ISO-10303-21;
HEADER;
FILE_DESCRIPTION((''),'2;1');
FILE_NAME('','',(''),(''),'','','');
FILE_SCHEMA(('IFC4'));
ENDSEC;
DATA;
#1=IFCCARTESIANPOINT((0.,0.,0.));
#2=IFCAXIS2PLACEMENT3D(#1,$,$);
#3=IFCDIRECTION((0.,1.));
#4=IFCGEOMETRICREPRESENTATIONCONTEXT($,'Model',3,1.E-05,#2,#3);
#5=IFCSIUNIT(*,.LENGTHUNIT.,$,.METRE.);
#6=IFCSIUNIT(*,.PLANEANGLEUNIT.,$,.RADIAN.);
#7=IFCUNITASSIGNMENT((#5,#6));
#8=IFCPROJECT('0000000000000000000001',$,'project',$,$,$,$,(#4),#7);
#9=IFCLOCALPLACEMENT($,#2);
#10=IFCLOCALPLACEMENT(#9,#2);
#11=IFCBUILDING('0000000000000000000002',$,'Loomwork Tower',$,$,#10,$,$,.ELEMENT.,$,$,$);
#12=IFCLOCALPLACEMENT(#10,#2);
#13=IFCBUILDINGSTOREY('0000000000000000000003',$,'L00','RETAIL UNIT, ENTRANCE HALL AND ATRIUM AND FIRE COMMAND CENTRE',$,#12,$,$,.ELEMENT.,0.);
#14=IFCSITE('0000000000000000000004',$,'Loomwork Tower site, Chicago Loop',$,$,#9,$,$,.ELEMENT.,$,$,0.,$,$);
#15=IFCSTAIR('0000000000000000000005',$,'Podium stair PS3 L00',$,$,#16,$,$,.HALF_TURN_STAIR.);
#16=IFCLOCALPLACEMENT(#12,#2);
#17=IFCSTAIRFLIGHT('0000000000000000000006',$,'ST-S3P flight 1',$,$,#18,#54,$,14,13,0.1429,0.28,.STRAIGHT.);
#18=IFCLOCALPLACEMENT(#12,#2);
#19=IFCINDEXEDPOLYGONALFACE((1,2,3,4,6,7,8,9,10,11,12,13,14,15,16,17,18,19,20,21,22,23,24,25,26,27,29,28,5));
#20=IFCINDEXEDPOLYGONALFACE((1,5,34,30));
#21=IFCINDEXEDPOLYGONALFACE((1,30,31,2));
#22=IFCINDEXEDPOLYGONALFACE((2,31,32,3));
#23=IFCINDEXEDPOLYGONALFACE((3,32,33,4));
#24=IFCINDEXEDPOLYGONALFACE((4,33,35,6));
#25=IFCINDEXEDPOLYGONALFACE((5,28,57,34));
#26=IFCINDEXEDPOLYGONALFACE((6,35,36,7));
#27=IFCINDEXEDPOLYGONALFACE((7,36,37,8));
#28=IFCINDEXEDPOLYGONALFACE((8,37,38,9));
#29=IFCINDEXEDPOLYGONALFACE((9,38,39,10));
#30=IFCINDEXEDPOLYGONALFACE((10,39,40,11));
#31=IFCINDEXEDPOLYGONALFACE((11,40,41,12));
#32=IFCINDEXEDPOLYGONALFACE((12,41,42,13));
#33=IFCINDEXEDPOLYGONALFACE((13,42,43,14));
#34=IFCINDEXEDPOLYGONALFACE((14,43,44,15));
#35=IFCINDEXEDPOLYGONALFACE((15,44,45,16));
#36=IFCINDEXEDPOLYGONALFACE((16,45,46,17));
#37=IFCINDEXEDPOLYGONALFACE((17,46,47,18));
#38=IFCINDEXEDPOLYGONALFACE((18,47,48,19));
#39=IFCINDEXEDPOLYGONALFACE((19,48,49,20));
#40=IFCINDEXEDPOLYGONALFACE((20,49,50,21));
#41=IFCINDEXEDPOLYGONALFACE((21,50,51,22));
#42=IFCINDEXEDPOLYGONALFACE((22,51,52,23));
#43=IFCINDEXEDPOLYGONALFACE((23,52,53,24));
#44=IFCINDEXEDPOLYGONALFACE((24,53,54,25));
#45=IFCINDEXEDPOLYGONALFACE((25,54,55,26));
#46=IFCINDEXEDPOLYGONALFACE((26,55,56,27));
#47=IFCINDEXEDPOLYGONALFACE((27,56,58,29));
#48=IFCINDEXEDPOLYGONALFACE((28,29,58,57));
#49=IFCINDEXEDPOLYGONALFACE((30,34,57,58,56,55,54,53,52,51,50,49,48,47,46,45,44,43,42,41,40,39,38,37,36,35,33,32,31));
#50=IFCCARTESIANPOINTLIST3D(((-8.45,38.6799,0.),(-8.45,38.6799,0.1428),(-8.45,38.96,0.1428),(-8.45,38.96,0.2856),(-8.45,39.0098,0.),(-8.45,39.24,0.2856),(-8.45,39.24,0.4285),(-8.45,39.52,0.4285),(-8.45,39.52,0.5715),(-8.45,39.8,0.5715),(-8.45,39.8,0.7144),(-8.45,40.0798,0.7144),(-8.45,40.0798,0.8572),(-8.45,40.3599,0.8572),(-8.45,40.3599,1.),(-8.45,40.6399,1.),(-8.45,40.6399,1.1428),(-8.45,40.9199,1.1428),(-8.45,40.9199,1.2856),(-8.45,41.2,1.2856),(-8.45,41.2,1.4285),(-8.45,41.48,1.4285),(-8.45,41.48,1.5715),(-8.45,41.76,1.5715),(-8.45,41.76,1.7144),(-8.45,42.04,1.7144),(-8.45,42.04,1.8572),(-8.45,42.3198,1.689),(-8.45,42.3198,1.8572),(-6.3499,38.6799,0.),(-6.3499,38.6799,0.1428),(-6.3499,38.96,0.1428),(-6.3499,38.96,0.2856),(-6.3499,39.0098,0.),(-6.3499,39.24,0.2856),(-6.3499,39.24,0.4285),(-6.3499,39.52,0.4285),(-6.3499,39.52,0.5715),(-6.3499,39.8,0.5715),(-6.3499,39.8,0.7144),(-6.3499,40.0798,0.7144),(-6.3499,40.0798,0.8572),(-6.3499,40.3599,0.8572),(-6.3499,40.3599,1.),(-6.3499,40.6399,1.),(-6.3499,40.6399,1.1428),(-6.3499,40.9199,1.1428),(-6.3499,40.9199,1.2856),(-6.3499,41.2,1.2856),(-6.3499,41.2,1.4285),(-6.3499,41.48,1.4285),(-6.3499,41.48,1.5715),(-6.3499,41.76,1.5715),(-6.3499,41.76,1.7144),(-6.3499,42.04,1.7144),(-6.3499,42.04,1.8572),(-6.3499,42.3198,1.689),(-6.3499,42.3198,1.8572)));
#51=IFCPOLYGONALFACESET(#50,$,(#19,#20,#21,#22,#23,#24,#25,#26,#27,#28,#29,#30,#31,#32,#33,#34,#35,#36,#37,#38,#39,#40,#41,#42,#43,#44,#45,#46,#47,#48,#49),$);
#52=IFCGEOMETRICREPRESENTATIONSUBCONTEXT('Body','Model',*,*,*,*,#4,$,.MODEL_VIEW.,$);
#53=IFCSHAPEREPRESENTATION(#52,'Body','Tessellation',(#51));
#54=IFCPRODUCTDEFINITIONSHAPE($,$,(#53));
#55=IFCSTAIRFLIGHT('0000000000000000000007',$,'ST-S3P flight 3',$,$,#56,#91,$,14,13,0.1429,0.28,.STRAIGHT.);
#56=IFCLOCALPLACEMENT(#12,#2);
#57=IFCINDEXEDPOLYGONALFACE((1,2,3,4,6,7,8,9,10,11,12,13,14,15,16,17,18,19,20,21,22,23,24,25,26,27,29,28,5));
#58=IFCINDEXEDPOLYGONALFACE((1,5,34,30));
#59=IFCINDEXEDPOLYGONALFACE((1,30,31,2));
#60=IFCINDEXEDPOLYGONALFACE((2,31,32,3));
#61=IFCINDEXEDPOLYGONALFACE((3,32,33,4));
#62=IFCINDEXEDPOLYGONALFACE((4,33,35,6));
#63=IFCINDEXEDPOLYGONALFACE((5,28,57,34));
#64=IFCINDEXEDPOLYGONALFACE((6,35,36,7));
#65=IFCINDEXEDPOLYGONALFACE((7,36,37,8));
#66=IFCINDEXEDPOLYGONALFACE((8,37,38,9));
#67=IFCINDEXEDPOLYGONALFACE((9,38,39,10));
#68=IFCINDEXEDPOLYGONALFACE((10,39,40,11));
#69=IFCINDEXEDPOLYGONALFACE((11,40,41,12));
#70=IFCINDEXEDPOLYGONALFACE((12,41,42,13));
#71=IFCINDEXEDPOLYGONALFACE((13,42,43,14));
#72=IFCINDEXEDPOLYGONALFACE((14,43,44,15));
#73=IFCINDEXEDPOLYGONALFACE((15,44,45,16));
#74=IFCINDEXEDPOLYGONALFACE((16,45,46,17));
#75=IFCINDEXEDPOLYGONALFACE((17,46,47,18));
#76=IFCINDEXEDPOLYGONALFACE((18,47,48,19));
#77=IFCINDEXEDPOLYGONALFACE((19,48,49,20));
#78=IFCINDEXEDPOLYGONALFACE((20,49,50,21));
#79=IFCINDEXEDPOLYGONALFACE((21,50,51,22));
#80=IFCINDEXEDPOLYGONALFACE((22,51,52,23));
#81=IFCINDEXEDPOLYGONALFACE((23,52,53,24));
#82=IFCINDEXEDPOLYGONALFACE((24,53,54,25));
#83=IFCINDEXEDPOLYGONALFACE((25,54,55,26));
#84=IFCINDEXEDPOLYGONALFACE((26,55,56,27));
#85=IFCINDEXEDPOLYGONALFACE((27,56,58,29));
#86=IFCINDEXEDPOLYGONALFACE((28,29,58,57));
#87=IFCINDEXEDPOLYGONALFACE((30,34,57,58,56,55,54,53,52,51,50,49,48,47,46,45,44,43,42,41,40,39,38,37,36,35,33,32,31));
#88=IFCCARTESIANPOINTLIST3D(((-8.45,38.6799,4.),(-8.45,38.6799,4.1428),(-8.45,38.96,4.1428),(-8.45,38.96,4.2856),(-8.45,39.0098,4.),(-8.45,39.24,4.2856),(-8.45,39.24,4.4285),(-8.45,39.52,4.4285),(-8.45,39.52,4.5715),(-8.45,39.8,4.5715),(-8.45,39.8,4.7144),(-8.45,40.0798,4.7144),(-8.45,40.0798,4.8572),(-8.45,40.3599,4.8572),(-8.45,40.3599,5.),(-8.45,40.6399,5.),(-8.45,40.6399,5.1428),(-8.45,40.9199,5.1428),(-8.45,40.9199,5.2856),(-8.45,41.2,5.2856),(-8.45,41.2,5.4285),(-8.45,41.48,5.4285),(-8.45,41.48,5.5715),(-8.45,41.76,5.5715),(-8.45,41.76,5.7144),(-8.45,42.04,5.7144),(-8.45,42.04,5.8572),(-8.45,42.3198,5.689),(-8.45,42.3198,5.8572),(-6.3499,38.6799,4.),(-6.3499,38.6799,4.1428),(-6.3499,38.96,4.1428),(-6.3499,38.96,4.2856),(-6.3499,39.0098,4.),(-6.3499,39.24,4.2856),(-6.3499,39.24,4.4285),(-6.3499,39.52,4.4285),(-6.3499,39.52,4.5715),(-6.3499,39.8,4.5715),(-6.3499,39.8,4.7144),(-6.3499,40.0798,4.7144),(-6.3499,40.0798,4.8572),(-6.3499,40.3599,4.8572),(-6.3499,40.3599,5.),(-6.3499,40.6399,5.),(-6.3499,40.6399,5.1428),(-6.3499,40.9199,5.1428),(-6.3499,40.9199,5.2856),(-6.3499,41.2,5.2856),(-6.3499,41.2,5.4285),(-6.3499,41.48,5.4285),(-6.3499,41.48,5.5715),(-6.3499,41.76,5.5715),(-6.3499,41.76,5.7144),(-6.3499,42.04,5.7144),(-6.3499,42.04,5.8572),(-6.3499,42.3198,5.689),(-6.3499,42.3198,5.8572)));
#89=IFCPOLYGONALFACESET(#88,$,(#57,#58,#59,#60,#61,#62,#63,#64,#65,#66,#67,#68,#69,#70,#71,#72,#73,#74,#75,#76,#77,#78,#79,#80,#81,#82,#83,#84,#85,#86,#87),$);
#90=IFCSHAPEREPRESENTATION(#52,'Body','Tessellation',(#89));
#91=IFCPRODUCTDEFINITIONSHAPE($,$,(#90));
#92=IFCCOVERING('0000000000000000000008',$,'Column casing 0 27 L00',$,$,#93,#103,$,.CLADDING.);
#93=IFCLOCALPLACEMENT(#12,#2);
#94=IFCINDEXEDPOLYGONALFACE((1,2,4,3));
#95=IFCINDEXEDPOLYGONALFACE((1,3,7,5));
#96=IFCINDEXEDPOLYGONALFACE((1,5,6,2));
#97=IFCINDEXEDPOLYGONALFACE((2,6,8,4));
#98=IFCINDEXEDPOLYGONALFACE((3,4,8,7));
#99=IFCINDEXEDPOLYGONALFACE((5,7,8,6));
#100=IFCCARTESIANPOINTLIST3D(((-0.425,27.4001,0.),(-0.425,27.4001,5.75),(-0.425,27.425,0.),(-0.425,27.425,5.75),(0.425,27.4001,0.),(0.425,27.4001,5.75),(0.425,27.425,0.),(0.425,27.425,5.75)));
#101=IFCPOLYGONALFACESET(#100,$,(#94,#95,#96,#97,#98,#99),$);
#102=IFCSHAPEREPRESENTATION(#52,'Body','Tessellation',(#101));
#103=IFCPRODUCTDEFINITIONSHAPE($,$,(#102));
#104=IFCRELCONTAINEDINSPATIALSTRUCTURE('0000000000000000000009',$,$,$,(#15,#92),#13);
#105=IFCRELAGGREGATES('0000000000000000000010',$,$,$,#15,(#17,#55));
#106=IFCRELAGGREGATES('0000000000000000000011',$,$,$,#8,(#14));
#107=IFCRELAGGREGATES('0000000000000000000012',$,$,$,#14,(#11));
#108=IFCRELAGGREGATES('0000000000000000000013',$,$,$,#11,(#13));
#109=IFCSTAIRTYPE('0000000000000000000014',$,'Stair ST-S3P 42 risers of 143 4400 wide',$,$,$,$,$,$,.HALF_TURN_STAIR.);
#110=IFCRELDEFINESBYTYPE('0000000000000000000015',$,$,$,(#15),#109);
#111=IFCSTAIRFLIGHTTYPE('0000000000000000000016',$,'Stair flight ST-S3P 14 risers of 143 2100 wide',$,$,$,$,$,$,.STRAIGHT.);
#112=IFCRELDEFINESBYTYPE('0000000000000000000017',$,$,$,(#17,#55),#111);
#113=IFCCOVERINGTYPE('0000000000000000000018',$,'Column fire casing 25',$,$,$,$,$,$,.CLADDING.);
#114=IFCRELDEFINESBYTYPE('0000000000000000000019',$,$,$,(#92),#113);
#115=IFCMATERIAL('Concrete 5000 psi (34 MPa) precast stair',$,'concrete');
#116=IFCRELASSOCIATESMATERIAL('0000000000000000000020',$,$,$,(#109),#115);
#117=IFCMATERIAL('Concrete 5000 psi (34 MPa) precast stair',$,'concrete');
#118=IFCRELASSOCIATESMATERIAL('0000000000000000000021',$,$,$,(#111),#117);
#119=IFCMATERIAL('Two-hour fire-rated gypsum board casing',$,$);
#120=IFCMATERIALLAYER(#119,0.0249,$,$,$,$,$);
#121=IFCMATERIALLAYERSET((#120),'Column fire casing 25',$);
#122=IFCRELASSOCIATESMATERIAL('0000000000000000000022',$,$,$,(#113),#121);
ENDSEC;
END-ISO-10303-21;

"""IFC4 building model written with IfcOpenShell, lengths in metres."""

from ifc_helpers import new_model, si_unit, direction, frame, origin, origin_2d, place, context, subcontext, project, spatial, polyline, rectangle, outline, extrude, material, layer, layer_set, type_object, element, aggregate, save


model = new_model("IFC4")

# Units and contexts
model_context = context("Model", 3, precision=1e-05, world=origin(), true_north=direction((0.0, 1.0)))
body_context = subcontext(model_context, "Body", "Model", "MODEL_VIEW")
ifc_project = project(units=[si_unit("LENGTHUNIT", "METRE"), si_unit("PLANEANGLEUNIT", "RADIAN")], contexts=[model_context])

# Site, building, storey
site_placement = place(None, origin())
site = spatial("IfcSite", under=ifc_project, at=site_placement, Name="Loomwork Tower site, Chicago Loop", CompositionType="ELEMENT", RefElevation=0.0)
building_placement = place(site_placement, origin())
building = spatial("IfcBuilding", under=site, at=building_placement, Name="Loomwork Tower", CompositionType="ELEMENT")
storey_placement = place(building_placement, origin())
storey = spatial("IfcBuildingStorey", under=building, at=storey_placement, Name="L00", Description="RETAIL UNIT, ENTRANCE HALL AND ATRIUM AND FIRE COMMAND CENTRE", CompositionType="ELEMENT", Elevation=0.0)

# Stair, stair flights
ifc_material_1 = material(Name="Concrete 5000 psi (34 MPa) precast stair", Category="concrete")
stair_type = type_object("IfcStairType", Name="Stair ST-S3P 42 risers of 143 4400 wide", PredefinedType="HALF_TURN_STAIR", material=ifc_material_1)
stair_placement = place(storey_placement, origin())
stair = element("IfcStair", 1, at=stair_placement, inside=storey, type_object=stair_type, Name="Podium stair PS3 L00", PredefinedType="HALF_TURN_STAIR")
ifc_material_2 = material(Name="Concrete 5000 psi (34 MPa) precast stair", Category="concrete")
stair_flight_type = type_object("IfcStairFlightType", Name="Stair flight ST-S3P 14 risers of 143 2100 wide", PredefinedType="STRAIGHT", material=ifc_material_2)
stair_flight_1_placement = place(storey_placement, frame((-7.3999, 38.6799, 0.0), z_axis=(0.0, 0.0, 1.0), x_axis=(0.0, 1.0, 0.0)))
stair_flight_1 = element("IfcStairFlight", 2, at=stair_flight_1_placement, type_object=stair_flight_type, Name="ST-S3P flight 1", NumberOfRisers=14, NumberOfTreads=13, PredefinedType="STRAIGHT", RiserHeight=0.1429, TreadLength=0.28, context=body_context, shape_type="SweptSolid", body=[
    extrude(outline(polyline([(0.0, 0.0), (0.0, 0.1428), (0.28, 0.1428), (0.28, 0.2856), (0.5601, 0.2856), (0.5601, 0.4285), (0.8401, 0.4285), (0.8401, 0.5715), (1.1201, 0.5715), (1.1201, 0.7144), (1.3999, 0.7144), (1.3999, 0.8572), (1.6799, 0.8572), (1.6799, 1.0), (1.96, 1.0), (1.96, 1.1428), (2.24, 1.1428), (2.24, 1.2856), (2.52, 1.2856), (2.52, 1.4285), (2.8, 1.4285), (2.8, 1.5715), (3.0801, 1.5715), (3.0801, 1.7144), (3.3601, 1.7144), (3.3601, 1.8572), (3.6399, 1.8572), (3.6399, 2.0), (3.6399, 1.689), (0.3298, 0.0), (0.0, 0.0)])), frame((0.0, 1.05, 0.0), z_axis=(0.0, -1.0, 0.0), x_axis=(1.0, 0.0, 0.0)), (0.0, 0.0, 1.0), 2.1001),
])
stair_flight_2_placement = place(storey_placement, frame((-7.3999, 38.6799, 4.0), z_axis=(0.0, 0.0, 1.0), x_axis=(0.0, 1.0, 0.0)))
stair_flight_2 = element("IfcStairFlight", 3, at=stair_flight_2_placement, type_object=stair_flight_type, Name="ST-S3P flight 3", NumberOfRisers=14, NumberOfTreads=13, PredefinedType="STRAIGHT", RiserHeight=0.1429, TreadLength=0.28, context=body_context, shape_type="SweptSolid", body=[
    extrude(outline(polyline([(0.0, 0.0), (0.0, 0.1428), (0.28, 0.1428), (0.28, 0.2856), (0.5601, 0.2856), (0.5601, 0.4285), (0.8401, 0.4285), (0.8401, 0.5715), (1.1201, 0.5715), (1.1201, 0.7144), (1.3999, 0.7144), (1.3999, 0.8572), (1.6799, 0.8572), (1.6799, 1.0), (1.96, 1.0), (1.96, 1.1428), (2.24, 1.1428), (2.24, 1.2856), (2.52, 1.2856), (2.52, 1.4285), (2.8, 1.4285), (2.8, 1.5715), (3.0801, 1.5715), (3.0801, 1.7144), (3.3601, 1.7144), (3.3601, 1.8572), (3.6399, 1.8572), (3.6399, 2.0), (3.6399, 1.689), (0.3298, 0.0), (0.0, 0.0)])), frame((0.0, 1.05, 0.0), z_axis=(0.0, -1.0, 0.0), x_axis=(1.0, 0.0, 0.0)), (0.0, 0.0, 1.0), 2.1001),
])
aggregate(stair, [stair_flight_1, stair_flight_2])

# Covering
ifc_material_3 = material(Name="Two-hour fire-rated gypsum board casing")
ifc_layer_1 = layer(ifc_material_3, 0.0249)
ifc_layer_set_1 = layer_set([ifc_layer_1], Name="Column fire casing 25")
covering_type_1 = type_object("IfcCoveringType", Name="Column fire casing 25", PredefinedType="CLADDING", material=ifc_layer_set_1)
covering_1_placement = place(storey_placement, frame((0.0, 27.4126, 0.0), z_axis=(0.0, 0.0, 1.0), x_axis=(1.0, 0.0, 0.0)))
element("IfcCovering", 4, at=covering_1_placement, inside=storey, type_object=covering_type_1, Name="Column casing 0 27 L00", PredefinedType="CLADDING", context=body_context, shape_type="SweptSolid", body=[
    extrude(rectangle(XDim=0.8501, YDim=0.0249, at=origin_2d()), origin(), (0.0, 0.0, 1.0), 5.75),
])

save(model, "model.ifc")
